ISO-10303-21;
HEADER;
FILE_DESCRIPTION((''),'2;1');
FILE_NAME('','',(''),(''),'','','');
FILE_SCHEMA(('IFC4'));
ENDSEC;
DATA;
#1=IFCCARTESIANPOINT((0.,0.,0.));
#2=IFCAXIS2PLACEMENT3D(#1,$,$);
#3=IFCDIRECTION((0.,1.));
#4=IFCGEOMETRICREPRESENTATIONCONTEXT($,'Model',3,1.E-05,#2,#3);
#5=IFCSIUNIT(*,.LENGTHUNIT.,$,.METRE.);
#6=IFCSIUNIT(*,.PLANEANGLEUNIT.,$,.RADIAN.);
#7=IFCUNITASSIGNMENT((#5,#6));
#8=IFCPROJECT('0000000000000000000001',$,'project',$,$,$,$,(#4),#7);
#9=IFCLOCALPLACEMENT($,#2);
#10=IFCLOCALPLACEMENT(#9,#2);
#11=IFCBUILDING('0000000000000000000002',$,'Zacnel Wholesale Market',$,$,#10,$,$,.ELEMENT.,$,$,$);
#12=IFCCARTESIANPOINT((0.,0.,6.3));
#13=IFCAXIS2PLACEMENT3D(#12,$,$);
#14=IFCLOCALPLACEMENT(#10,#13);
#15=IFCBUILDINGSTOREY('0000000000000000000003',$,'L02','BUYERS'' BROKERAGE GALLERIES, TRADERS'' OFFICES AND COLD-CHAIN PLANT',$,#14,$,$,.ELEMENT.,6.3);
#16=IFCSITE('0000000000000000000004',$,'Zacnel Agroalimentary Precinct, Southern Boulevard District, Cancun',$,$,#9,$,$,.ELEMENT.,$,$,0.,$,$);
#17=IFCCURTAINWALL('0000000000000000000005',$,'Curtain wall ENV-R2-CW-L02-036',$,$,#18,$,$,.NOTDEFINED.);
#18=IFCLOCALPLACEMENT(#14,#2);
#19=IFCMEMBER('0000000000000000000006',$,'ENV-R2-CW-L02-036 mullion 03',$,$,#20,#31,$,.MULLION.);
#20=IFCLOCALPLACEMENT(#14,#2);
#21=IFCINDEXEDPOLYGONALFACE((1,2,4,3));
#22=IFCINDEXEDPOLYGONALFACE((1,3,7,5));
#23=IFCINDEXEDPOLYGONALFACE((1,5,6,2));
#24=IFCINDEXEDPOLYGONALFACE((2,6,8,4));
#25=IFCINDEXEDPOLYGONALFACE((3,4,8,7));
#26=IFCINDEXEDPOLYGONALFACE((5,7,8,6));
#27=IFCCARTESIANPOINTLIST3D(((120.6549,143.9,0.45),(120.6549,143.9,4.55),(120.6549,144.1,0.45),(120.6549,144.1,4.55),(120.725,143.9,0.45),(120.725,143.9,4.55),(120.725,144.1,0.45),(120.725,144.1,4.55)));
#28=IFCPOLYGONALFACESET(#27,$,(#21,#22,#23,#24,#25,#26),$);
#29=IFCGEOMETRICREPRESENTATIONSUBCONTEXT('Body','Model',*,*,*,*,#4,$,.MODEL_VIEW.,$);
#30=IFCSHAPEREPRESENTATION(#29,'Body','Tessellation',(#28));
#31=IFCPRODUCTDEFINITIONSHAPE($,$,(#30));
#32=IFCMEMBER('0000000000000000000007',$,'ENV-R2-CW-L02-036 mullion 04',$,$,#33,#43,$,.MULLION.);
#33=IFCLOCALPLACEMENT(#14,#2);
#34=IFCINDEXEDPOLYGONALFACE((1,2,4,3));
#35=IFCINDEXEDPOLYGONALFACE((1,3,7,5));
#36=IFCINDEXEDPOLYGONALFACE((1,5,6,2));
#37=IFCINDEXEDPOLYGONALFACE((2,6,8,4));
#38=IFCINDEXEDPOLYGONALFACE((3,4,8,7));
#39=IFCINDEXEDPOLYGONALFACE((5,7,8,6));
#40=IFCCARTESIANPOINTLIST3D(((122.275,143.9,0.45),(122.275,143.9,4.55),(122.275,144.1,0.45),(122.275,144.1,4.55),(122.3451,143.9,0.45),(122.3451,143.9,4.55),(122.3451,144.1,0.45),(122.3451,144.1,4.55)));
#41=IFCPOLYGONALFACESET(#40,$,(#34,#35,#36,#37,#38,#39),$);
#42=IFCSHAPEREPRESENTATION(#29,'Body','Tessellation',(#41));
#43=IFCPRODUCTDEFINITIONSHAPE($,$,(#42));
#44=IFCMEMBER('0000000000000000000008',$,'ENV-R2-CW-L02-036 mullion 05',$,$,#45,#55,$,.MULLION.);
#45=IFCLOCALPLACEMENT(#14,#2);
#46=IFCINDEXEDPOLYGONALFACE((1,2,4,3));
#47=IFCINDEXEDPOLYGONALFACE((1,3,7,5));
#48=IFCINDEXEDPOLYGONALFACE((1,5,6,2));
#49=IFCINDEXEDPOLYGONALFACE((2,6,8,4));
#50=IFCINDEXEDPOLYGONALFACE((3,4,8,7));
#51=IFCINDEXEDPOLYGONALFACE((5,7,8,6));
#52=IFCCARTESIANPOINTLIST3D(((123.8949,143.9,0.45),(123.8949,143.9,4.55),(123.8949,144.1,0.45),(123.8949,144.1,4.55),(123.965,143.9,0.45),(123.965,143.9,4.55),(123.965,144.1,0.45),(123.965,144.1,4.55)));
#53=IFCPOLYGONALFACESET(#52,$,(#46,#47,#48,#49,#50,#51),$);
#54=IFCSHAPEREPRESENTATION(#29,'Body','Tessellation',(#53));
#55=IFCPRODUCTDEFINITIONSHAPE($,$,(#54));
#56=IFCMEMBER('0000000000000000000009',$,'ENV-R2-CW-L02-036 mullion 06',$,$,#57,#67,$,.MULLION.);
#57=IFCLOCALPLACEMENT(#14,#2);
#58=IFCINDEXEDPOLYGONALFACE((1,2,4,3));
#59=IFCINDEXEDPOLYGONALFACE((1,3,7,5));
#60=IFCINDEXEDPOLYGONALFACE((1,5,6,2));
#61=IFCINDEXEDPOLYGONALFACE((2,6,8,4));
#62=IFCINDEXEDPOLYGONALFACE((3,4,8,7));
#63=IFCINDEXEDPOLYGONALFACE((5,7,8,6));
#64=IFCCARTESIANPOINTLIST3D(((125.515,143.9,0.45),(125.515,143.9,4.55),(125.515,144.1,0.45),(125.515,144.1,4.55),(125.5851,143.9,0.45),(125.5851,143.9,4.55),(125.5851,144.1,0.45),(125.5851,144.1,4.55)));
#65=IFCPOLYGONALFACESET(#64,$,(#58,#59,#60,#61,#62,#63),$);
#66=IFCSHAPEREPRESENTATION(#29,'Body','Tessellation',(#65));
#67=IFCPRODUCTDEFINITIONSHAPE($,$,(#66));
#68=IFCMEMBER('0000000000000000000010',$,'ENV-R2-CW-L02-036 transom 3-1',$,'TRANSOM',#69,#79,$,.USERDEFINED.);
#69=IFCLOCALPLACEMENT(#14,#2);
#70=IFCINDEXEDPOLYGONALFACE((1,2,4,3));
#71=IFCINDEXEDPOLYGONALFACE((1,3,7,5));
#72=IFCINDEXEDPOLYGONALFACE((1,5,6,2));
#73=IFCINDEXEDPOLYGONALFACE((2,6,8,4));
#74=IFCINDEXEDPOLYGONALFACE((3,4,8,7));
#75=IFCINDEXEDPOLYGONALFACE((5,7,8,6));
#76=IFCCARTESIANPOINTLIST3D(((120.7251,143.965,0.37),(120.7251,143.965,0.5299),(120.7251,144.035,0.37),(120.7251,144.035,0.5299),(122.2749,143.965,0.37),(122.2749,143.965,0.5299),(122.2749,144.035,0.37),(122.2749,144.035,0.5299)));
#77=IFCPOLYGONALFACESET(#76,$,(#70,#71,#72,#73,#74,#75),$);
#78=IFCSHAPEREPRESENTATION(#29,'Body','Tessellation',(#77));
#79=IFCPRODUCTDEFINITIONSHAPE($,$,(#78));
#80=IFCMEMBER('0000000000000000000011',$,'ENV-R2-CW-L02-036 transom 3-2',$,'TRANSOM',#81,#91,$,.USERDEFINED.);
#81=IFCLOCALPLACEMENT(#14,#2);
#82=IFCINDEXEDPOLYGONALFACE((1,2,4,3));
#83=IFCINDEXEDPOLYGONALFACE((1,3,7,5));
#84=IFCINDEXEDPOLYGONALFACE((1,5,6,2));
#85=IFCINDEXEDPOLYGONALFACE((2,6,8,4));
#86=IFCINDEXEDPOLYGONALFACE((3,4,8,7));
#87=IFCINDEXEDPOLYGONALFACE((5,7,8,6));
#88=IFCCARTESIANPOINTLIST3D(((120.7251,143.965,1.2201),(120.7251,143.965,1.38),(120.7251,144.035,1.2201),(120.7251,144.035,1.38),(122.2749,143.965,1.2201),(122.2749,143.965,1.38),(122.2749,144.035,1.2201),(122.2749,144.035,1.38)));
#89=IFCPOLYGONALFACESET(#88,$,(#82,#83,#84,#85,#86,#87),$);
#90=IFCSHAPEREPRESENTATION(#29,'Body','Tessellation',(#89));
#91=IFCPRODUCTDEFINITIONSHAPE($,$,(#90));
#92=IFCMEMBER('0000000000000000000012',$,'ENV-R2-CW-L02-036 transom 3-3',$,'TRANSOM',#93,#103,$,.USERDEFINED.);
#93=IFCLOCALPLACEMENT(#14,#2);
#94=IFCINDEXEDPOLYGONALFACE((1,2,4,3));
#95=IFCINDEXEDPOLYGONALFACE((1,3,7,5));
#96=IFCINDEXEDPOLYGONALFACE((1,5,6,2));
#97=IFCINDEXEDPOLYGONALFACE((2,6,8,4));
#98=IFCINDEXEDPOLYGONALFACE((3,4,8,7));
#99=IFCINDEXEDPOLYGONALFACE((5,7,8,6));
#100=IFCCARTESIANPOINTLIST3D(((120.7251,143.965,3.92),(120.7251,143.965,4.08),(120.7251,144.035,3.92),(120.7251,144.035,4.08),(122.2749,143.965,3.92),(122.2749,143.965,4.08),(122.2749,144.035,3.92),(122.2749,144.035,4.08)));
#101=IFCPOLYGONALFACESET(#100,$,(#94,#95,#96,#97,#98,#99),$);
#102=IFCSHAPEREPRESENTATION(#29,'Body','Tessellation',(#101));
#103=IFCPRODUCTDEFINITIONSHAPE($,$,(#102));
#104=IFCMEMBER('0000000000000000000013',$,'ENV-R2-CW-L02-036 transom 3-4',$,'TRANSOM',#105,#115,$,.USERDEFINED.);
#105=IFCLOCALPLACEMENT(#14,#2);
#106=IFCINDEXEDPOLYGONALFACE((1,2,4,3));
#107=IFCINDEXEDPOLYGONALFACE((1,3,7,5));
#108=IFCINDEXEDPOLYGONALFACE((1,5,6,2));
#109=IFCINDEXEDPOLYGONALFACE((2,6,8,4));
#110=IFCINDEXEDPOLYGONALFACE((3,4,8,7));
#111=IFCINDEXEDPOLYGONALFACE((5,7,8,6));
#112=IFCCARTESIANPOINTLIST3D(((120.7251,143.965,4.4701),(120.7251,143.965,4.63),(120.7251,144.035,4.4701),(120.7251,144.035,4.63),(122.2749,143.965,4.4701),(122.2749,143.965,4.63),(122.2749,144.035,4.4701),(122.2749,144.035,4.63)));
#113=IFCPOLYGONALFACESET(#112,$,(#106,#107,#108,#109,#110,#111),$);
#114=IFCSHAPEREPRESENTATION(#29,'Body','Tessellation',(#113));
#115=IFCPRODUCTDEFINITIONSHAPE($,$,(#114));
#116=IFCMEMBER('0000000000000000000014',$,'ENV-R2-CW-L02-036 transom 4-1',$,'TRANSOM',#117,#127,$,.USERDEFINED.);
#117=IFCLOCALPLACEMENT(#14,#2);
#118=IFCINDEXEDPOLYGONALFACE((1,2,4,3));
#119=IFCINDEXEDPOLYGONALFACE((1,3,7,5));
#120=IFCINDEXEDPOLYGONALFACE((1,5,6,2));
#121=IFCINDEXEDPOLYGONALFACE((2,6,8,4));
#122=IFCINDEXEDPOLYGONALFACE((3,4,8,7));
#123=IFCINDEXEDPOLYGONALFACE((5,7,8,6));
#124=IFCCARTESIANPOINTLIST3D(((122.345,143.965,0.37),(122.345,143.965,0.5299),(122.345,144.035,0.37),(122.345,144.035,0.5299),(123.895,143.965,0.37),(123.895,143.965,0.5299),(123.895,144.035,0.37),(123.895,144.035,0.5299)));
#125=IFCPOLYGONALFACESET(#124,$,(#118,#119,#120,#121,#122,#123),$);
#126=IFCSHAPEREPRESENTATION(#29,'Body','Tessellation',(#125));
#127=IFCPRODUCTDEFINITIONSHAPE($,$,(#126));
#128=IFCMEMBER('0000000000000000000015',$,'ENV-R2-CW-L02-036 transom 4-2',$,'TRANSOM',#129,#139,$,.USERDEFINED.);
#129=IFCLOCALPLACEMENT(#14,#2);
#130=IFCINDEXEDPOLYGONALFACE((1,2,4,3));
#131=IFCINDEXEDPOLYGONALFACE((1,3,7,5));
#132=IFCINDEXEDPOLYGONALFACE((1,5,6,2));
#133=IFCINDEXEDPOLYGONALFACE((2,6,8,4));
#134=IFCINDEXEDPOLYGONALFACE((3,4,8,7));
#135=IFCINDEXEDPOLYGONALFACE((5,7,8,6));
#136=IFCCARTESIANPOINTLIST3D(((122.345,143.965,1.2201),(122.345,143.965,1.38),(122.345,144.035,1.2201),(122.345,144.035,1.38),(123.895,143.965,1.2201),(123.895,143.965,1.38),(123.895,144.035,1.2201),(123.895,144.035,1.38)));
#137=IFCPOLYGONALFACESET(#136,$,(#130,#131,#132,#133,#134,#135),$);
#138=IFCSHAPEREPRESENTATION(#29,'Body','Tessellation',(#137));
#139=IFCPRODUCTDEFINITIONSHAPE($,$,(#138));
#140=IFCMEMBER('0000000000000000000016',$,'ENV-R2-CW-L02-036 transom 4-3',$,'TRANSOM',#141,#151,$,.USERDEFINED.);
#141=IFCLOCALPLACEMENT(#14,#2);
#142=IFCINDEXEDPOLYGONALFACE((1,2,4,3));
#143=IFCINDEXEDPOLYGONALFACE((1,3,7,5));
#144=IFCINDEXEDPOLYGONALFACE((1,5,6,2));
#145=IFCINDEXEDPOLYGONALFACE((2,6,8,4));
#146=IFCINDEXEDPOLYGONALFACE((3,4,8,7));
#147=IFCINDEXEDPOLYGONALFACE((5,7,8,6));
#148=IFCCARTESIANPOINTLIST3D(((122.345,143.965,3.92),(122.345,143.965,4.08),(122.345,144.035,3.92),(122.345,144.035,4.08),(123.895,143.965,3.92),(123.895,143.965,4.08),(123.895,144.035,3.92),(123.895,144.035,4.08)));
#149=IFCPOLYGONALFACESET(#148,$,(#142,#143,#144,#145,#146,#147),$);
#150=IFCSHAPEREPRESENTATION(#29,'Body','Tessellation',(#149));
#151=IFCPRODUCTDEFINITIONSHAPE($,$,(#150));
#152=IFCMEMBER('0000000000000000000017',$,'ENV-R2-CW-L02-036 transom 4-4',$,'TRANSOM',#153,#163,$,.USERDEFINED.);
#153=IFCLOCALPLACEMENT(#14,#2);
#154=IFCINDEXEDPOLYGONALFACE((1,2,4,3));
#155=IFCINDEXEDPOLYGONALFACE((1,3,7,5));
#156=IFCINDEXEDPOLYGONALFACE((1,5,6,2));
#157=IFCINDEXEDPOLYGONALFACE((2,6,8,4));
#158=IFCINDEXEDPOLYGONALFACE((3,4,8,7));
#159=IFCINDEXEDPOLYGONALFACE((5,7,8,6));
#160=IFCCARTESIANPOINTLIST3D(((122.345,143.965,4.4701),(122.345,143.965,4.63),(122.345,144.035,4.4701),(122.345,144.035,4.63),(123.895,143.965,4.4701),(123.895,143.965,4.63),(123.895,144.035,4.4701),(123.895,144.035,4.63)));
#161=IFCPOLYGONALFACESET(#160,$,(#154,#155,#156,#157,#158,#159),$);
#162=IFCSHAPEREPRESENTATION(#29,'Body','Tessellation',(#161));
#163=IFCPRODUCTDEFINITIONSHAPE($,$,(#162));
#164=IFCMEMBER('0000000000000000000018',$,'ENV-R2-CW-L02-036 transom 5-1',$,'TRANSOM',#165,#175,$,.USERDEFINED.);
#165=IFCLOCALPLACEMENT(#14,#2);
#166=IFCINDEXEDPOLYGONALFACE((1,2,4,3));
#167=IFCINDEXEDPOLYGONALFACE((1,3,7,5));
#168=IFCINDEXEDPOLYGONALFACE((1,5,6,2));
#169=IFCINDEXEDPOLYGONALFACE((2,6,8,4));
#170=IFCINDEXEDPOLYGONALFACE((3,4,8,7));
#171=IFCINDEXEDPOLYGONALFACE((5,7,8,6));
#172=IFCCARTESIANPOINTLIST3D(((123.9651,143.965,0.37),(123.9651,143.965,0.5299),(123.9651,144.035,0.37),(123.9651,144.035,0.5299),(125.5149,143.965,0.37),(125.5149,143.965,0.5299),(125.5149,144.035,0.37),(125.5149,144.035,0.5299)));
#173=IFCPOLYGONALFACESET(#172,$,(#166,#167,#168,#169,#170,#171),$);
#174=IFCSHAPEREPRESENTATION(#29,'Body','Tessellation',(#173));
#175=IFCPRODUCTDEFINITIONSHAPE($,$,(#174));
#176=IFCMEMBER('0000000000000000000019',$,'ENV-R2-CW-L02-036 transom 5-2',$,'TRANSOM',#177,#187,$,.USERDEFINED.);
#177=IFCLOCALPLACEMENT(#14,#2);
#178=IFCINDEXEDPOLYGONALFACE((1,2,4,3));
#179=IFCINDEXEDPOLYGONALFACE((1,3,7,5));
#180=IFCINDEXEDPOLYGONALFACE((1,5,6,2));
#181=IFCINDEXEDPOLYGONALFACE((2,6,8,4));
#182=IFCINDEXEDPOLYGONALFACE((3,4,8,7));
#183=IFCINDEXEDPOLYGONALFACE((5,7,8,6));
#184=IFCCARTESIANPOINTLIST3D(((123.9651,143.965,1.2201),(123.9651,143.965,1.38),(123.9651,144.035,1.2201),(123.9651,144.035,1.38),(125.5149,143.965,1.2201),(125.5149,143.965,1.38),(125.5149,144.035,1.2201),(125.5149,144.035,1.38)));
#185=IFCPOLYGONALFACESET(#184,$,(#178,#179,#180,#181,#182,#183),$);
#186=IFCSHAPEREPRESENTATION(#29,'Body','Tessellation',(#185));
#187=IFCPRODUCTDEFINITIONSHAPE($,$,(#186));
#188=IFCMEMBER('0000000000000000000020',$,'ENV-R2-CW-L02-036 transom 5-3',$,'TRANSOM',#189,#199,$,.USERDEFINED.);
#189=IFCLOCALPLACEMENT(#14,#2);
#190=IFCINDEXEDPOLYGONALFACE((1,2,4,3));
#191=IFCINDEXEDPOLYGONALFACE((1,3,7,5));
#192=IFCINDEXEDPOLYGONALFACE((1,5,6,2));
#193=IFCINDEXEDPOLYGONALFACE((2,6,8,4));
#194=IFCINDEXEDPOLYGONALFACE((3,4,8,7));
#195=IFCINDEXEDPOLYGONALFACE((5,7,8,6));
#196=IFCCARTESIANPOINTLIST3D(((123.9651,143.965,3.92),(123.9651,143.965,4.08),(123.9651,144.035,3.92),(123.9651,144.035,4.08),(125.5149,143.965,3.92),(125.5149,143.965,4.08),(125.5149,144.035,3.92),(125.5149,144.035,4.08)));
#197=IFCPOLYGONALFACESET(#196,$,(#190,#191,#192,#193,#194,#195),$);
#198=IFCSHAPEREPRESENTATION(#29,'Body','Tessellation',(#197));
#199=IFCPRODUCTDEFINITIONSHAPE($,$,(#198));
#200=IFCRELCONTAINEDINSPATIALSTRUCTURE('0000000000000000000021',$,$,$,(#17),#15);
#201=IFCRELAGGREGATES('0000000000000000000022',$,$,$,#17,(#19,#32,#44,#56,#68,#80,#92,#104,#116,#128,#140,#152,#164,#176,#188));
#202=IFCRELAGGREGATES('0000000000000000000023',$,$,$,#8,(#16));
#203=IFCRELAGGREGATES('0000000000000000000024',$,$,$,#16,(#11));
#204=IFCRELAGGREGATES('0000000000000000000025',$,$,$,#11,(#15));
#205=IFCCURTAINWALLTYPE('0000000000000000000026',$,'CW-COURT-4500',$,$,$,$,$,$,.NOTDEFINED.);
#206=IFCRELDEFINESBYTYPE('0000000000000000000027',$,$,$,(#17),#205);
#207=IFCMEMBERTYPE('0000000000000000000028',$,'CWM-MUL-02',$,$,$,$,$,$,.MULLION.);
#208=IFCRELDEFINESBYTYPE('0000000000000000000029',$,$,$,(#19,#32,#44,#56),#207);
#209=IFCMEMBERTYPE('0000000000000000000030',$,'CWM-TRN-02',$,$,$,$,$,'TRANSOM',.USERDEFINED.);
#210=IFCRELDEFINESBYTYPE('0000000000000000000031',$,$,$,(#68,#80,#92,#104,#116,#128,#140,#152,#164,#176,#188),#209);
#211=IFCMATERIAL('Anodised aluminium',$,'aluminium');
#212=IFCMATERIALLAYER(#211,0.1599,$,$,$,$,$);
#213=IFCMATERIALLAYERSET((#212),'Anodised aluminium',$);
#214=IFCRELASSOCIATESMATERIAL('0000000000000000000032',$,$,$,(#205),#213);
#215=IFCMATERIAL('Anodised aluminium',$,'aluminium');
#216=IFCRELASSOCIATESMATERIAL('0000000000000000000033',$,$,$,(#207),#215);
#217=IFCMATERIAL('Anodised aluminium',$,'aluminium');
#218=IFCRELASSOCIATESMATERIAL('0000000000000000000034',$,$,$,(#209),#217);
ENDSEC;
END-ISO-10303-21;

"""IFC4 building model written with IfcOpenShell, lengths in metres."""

from ifc_helpers import new_model, si_unit, direction, frame, origin, origin_2d, place, context, subcontext, project, spatial, rectangle, extrude, material, layer, layer_set, material_profile, profile_set, type_object, element, aggregate, save


model = new_model("IFC4")

# Units and contexts
model_context = context("Model", 3, precision=1e-05, world=origin(), true_north=direction((0.0, 1.0)))
body_context = subcontext(model_context, "Body", "Model", "MODEL_VIEW")
ifc_project = project(units=[si_unit("LENGTHUNIT", "METRE"), si_unit("PLANEANGLEUNIT", "RADIAN")], contexts=[model_context])

# Site, building, storey
site_placement = place(None, origin())
site = spatial("IfcSite", under=ifc_project, at=site_placement, Name="Zacnel Agroalimentary Precinct, Southern Boulevard District, Cancun", CompositionType="ELEMENT", RefElevation=0.0)
building_placement = place(site_placement, origin())
building = spatial("IfcBuilding", under=site, at=building_placement, Name="Zacnel Wholesale Market", CompositionType="ELEMENT")
storey_placement = place(building_placement, frame((0.0, 0.0, 6.3)))
storey = spatial("IfcBuildingStorey", under=building, at=storey_placement, Name="L02", Description="BUYERS' BROKERAGE GALLERIES, TRADERS' OFFICES AND COLD-CHAIN PLANT", CompositionType="ELEMENT", Elevation=6.3)

# Curtain wall, members
ifc_material_1 = material(Name="Anodised aluminium", Category="aluminium")
ifc_layer_1 = layer(ifc_material_1, 0.1599)
ifc_layer_set_1 = layer_set([ifc_layer_1], Name="Anodised aluminium")
curtain_wall_type = type_object("IfcCurtainWallType", Name="CW-COURT-4500", PredefinedType="NOTDEFINED", material=ifc_layer_set_1)
curtain_wall_placement = place(storey_placement, origin())
curtain_wall = element("IfcCurtainWall", 1, at=curtain_wall_placement, inside=storey, type_object=curtain_wall_type, Name="Curtain wall ENV-R2-CW-L02-036", PredefinedType="NOTDEFINED")
ifc_material_2 = material(Name="Anodised aluminium", Category="aluminium")
ifc_material_profile_1 = material_profile(ifc_material_2, rectangle(XDim=0.0701, YDim=0.2, at=origin_2d()), Name="AW-MULLION 70x200")
ifc_profile_set_1 = profile_set([ifc_material_profile_1], Name="Anodised aluminium")
member_type_1 = type_object("IfcMemberType", Name="CWM-MUL-02", PredefinedType="MULLION", material=ifc_profile_set_1)
member_1_placement = place(storey_placement, frame((120.6899, 144.0, 0.45), z_axis=(0.0, 0.0, 1.0), x_axis=(1.0, 0.0, 0.0)))
member_1 = element("IfcMember", 2, at=member_1_placement, type_object=member_type_1, Name="ENV-R2-CW-L02-036 mullion 03", PredefinedType="MULLION", context=body_context, shape_type="SweptSolid", body=[
    extrude(rectangle(XDim=0.0701, YDim=0.2, at=origin_2d()), origin(), (0.0, 0.0, 1.0), 4.1001),
])
member_2_placement = place(storey_placement, frame((122.3101, 144.0, 0.45), z_axis=(0.0, 0.0, 1.0), x_axis=(1.0, 0.0, 0.0)))
member_2 = element("IfcMember", 3, at=member_2_placement, type_object=member_type_1, Name="ENV-R2-CW-L02-036 mullion 04", PredefinedType="MULLION", context=body_context, shape_type="SweptSolid", body=[
    extrude(rectangle(XDim=0.0701, YDim=0.2, at=origin_2d()), origin(), (0.0, 0.0, 1.0), 4.1001),
])
member_3_placement = place(storey_placement, frame((123.9299, 144.0, 0.45), z_axis=(0.0, 0.0, 1.0), x_axis=(1.0, 0.0, 0.0)))
member_3 = element("IfcMember", 4, at=member_3_placement, type_object=member_type_1, Name="ENV-R2-CW-L02-036 mullion 05", PredefinedType="MULLION", context=body_context, shape_type="SweptSolid", body=[
    extrude(rectangle(XDim=0.0701, YDim=0.2, at=origin_2d()), origin(), (0.0, 0.0, 1.0), 4.1001),
])
member_4_placement = place(storey_placement, frame((125.55, 144.0, 0.45), z_axis=(0.0, 0.0, 1.0), x_axis=(1.0, 0.0, 0.0)))
member_4 = element("IfcMember", 5, at=member_4_placement, type_object=member_type_1, Name="ENV-R2-CW-L02-036 mullion 06", PredefinedType="MULLION", context=body_context, shape_type="SweptSolid", body=[
    extrude(rectangle(XDim=0.0701, YDim=0.2, at=origin_2d()), origin(), (0.0, 0.0, 1.0), 4.1001),
])
ifc_material_3 = material(Name="Anodised aluminium", Category="aluminium")
ifc_material_profile_2 = material_profile(ifc_material_3, rectangle(XDim=0.0701, YDim=0.1599, at=origin_2d()), Name="AW-TRANSOM 70x160")
ifc_profile_set_2 = profile_set([ifc_material_profile_2], Name="Anodised aluminium")
member_type_2 = type_object("IfcMemberType", Name="CWM-TRN-02", ElementType="TRANSOM", PredefinedType="USERDEFINED", material=ifc_profile_set_2)
member_5_placement = place(storey_placement, frame((120.7251, 144.0, 0.45), z_axis=(1.0, 0.0, 0.0), x_axis=(0.0, 1.0, 0.0)))
member_5 = element("IfcMember", 6, at=member_5_placement, type_object=member_type_2, Name="ENV-R2-CW-L02-036 transom 3-1", ObjectType="TRANSOM", PredefinedType="USERDEFINED", context=body_context, shape_type="SweptSolid", body=[
    extrude(rectangle(XDim=0.0701, YDim=0.1599, at=origin_2d()), origin(), (0.0, 0.0, 1.0), 1.5498),
])
member_6_placement = place(storey_placement, frame((120.7251, 144.0, 1.3), z_axis=(1.0, 0.0, 0.0), x_axis=(0.0, 1.0, 0.0)))
member_6 = element("IfcMember", 7, at=member_6_placement, type_object=member_type_2, Name="ENV-R2-CW-L02-036 transom 3-2", ObjectType="TRANSOM", PredefinedType="USERDEFINED", context=body_context, shape_type="SweptSolid", body=[
    extrude(rectangle(XDim=0.0701, YDim=0.1599, at=origin_2d()), origin(), (0.0, 0.0, 1.0), 1.5498),
])
member_7_placement = place(storey_placement, frame((120.7251, 144.0, 4.0), z_axis=(1.0, 0.0, 0.0), x_axis=(0.0, 1.0, 0.0)))
member_7 = element("IfcMember", 8, at=member_7_placement, type_object=member_type_2, Name="ENV-R2-CW-L02-036 transom 3-3", ObjectType="TRANSOM", PredefinedType="USERDEFINED", context=body_context, shape_type="SweptSolid", body=[
    extrude(rectangle(XDim=0.0701, YDim=0.1599, at=origin_2d()), origin(), (0.0, 0.0, 1.0), 1.5498),
])
member_8_placement = place(storey_placement, frame((120.7251, 144.0, 4.55), z_axis=(1.0, 0.0, 0.0), x_axis=(0.0, 1.0, 0.0)))
member_8 = element("IfcMember", 9, at=member_8_placement, type_object=member_type_2, Name="ENV-R2-CW-L02-036 transom 3-4", ObjectType="TRANSOM", PredefinedType="USERDEFINED", context=body_context, shape_type="SweptSolid", body=[
    extrude(rectangle(XDim=0.0701, YDim=0.1599, at=origin_2d()), origin(), (0.0, 0.0, 1.0), 1.5498),
])
member_9_placement = place(storey_placement, frame((122.345, 144.0, 0.45), z_axis=(1.0, 0.0, 0.0), x_axis=(0.0, 1.0, 0.0)))
member_9 = element("IfcMember", 10, at=member_9_placement, type_object=member_type_2, Name="ENV-R2-CW-L02-036 transom 4-1", ObjectType="TRANSOM", PredefinedType="USERDEFINED", context=body_context, shape_type="SweptSolid", body=[
    extrude(rectangle(XDim=0.0701, YDim=0.1599, at=origin_2d()), origin(), (0.0, 0.0, 1.0), 1.55),
])
member_10_placement = place(storey_placement, frame((122.345, 144.0, 1.3), z_axis=(1.0, 0.0, 0.0), x_axis=(0.0, 1.0, 0.0)))
member_10 = element("IfcMember", 11, at=member_10_placement, type_object=member_type_2, Name="ENV-R2-CW-L02-036 transom 4-2", ObjectType="TRANSOM", PredefinedType="USERDEFINED", context=body_context, shape_type="SweptSolid", body=[
    extrude(rectangle(XDim=0.0701, YDim=0.1599, at=origin_2d()), origin(), (0.0, 0.0, 1.0), 1.55),
])
member_11_placement = place(storey_placement, frame((122.345, 144.0, 4.0), z_axis=(1.0, 0.0, 0.0), x_axis=(0.0, 1.0, 0.0)))
member_11 = element("IfcMember", 12, at=member_11_placement, type_object=member_type_2, Name="ENV-R2-CW-L02-036 transom 4-3", ObjectType="TRANSOM", PredefinedType="USERDEFINED", context=body_context, shape_type="SweptSolid", body=[
    extrude(rectangle(XDim=0.0701, YDim=0.1599, at=origin_2d()), origin(), (0.0, 0.0, 1.0), 1.55),
])
member_12_placement = place(storey_placement, frame((122.345, 144.0, 4.55), z_axis=(1.0, 0.0, 0.0), x_axis=(0.0, 1.0, 0.0)))
member_12 = element("IfcMember", 13, at=member_12_placement, type_object=member_type_2, Name="ENV-R2-CW-L02-036 transom 4-4", ObjectType="TRANSOM", PredefinedType="USERDEFINED", context=body_context, shape_type="SweptSolid", body=[
    extrude(rectangle(XDim=0.0701, YDim=0.1599, at=origin_2d()), origin(), (0.0, 0.0, 1.0), 1.55),
])
member_13_placement = place(storey_placement, frame((123.9651, 144.0, 0.45), z_axis=(1.0, 0.0, 0.0), x_axis=(0.0, 1.0, 0.0)))
member_13 = element("IfcMember", 14, at=member_13_placement, type_object=member_type_2, Name="ENV-R2-CW-L02-036 transom 5-1", ObjectType="TRANSOM", PredefinedType="USERDEFINED", context=body_context, shape_type="SweptSolid", body=[
    extrude(rectangle(XDim=0.0701, YDim=0.1599, at=origin_2d()), origin(), (0.0, 0.0, 1.0), 1.5498),
])
member_14_placement = place(storey_placement, frame((123.9651, 144.0, 1.3), z_axis=(1.0, 0.0, 0.0), x_axis=(0.0, 1.0, 0.0)))
member_14 = element("IfcMember", 15, at=member_14_placement, type_object=member_type_2, Name="ENV-R2-CW-L02-036 transom 5-2", ObjectType="TRANSOM", PredefinedType="USERDEFINED", context=body_context, shape_type="SweptSolid", body=[
    extrude(rectangle(XDim=0.0701, YDim=0.1599, at=origin_2d()), origin(), (0.0, 0.0, 1.0), 1.5498),
])
member_15_placement = place(storey_placement, frame((123.9651, 144.0, 4.0), z_axis=(1.0, 0.0, 0.0), x_axis=(0.0, 1.0, 0.0)))
member_15 = element("IfcMember", 16, at=member_15_placement, type_object=member_type_2, Name="ENV-R2-CW-L02-036 transom 5-3", ObjectType="TRANSOM", PredefinedType="USERDEFINED", context=body_context, shape_type="SweptSolid", body=[
    extrude(rectangle(XDim=0.0701, YDim=0.1599, at=origin_2d()), origin(), (0.0, 0.0, 1.0), 1.5498),
])
aggregate(curtain_wall, [member_1, member_2, member_3, member_4, member_5, member_6, member_7, member_8, member_9, member_10, member_11, member_12, member_13, member_14, member_15])

save(model, "model.ifc")
